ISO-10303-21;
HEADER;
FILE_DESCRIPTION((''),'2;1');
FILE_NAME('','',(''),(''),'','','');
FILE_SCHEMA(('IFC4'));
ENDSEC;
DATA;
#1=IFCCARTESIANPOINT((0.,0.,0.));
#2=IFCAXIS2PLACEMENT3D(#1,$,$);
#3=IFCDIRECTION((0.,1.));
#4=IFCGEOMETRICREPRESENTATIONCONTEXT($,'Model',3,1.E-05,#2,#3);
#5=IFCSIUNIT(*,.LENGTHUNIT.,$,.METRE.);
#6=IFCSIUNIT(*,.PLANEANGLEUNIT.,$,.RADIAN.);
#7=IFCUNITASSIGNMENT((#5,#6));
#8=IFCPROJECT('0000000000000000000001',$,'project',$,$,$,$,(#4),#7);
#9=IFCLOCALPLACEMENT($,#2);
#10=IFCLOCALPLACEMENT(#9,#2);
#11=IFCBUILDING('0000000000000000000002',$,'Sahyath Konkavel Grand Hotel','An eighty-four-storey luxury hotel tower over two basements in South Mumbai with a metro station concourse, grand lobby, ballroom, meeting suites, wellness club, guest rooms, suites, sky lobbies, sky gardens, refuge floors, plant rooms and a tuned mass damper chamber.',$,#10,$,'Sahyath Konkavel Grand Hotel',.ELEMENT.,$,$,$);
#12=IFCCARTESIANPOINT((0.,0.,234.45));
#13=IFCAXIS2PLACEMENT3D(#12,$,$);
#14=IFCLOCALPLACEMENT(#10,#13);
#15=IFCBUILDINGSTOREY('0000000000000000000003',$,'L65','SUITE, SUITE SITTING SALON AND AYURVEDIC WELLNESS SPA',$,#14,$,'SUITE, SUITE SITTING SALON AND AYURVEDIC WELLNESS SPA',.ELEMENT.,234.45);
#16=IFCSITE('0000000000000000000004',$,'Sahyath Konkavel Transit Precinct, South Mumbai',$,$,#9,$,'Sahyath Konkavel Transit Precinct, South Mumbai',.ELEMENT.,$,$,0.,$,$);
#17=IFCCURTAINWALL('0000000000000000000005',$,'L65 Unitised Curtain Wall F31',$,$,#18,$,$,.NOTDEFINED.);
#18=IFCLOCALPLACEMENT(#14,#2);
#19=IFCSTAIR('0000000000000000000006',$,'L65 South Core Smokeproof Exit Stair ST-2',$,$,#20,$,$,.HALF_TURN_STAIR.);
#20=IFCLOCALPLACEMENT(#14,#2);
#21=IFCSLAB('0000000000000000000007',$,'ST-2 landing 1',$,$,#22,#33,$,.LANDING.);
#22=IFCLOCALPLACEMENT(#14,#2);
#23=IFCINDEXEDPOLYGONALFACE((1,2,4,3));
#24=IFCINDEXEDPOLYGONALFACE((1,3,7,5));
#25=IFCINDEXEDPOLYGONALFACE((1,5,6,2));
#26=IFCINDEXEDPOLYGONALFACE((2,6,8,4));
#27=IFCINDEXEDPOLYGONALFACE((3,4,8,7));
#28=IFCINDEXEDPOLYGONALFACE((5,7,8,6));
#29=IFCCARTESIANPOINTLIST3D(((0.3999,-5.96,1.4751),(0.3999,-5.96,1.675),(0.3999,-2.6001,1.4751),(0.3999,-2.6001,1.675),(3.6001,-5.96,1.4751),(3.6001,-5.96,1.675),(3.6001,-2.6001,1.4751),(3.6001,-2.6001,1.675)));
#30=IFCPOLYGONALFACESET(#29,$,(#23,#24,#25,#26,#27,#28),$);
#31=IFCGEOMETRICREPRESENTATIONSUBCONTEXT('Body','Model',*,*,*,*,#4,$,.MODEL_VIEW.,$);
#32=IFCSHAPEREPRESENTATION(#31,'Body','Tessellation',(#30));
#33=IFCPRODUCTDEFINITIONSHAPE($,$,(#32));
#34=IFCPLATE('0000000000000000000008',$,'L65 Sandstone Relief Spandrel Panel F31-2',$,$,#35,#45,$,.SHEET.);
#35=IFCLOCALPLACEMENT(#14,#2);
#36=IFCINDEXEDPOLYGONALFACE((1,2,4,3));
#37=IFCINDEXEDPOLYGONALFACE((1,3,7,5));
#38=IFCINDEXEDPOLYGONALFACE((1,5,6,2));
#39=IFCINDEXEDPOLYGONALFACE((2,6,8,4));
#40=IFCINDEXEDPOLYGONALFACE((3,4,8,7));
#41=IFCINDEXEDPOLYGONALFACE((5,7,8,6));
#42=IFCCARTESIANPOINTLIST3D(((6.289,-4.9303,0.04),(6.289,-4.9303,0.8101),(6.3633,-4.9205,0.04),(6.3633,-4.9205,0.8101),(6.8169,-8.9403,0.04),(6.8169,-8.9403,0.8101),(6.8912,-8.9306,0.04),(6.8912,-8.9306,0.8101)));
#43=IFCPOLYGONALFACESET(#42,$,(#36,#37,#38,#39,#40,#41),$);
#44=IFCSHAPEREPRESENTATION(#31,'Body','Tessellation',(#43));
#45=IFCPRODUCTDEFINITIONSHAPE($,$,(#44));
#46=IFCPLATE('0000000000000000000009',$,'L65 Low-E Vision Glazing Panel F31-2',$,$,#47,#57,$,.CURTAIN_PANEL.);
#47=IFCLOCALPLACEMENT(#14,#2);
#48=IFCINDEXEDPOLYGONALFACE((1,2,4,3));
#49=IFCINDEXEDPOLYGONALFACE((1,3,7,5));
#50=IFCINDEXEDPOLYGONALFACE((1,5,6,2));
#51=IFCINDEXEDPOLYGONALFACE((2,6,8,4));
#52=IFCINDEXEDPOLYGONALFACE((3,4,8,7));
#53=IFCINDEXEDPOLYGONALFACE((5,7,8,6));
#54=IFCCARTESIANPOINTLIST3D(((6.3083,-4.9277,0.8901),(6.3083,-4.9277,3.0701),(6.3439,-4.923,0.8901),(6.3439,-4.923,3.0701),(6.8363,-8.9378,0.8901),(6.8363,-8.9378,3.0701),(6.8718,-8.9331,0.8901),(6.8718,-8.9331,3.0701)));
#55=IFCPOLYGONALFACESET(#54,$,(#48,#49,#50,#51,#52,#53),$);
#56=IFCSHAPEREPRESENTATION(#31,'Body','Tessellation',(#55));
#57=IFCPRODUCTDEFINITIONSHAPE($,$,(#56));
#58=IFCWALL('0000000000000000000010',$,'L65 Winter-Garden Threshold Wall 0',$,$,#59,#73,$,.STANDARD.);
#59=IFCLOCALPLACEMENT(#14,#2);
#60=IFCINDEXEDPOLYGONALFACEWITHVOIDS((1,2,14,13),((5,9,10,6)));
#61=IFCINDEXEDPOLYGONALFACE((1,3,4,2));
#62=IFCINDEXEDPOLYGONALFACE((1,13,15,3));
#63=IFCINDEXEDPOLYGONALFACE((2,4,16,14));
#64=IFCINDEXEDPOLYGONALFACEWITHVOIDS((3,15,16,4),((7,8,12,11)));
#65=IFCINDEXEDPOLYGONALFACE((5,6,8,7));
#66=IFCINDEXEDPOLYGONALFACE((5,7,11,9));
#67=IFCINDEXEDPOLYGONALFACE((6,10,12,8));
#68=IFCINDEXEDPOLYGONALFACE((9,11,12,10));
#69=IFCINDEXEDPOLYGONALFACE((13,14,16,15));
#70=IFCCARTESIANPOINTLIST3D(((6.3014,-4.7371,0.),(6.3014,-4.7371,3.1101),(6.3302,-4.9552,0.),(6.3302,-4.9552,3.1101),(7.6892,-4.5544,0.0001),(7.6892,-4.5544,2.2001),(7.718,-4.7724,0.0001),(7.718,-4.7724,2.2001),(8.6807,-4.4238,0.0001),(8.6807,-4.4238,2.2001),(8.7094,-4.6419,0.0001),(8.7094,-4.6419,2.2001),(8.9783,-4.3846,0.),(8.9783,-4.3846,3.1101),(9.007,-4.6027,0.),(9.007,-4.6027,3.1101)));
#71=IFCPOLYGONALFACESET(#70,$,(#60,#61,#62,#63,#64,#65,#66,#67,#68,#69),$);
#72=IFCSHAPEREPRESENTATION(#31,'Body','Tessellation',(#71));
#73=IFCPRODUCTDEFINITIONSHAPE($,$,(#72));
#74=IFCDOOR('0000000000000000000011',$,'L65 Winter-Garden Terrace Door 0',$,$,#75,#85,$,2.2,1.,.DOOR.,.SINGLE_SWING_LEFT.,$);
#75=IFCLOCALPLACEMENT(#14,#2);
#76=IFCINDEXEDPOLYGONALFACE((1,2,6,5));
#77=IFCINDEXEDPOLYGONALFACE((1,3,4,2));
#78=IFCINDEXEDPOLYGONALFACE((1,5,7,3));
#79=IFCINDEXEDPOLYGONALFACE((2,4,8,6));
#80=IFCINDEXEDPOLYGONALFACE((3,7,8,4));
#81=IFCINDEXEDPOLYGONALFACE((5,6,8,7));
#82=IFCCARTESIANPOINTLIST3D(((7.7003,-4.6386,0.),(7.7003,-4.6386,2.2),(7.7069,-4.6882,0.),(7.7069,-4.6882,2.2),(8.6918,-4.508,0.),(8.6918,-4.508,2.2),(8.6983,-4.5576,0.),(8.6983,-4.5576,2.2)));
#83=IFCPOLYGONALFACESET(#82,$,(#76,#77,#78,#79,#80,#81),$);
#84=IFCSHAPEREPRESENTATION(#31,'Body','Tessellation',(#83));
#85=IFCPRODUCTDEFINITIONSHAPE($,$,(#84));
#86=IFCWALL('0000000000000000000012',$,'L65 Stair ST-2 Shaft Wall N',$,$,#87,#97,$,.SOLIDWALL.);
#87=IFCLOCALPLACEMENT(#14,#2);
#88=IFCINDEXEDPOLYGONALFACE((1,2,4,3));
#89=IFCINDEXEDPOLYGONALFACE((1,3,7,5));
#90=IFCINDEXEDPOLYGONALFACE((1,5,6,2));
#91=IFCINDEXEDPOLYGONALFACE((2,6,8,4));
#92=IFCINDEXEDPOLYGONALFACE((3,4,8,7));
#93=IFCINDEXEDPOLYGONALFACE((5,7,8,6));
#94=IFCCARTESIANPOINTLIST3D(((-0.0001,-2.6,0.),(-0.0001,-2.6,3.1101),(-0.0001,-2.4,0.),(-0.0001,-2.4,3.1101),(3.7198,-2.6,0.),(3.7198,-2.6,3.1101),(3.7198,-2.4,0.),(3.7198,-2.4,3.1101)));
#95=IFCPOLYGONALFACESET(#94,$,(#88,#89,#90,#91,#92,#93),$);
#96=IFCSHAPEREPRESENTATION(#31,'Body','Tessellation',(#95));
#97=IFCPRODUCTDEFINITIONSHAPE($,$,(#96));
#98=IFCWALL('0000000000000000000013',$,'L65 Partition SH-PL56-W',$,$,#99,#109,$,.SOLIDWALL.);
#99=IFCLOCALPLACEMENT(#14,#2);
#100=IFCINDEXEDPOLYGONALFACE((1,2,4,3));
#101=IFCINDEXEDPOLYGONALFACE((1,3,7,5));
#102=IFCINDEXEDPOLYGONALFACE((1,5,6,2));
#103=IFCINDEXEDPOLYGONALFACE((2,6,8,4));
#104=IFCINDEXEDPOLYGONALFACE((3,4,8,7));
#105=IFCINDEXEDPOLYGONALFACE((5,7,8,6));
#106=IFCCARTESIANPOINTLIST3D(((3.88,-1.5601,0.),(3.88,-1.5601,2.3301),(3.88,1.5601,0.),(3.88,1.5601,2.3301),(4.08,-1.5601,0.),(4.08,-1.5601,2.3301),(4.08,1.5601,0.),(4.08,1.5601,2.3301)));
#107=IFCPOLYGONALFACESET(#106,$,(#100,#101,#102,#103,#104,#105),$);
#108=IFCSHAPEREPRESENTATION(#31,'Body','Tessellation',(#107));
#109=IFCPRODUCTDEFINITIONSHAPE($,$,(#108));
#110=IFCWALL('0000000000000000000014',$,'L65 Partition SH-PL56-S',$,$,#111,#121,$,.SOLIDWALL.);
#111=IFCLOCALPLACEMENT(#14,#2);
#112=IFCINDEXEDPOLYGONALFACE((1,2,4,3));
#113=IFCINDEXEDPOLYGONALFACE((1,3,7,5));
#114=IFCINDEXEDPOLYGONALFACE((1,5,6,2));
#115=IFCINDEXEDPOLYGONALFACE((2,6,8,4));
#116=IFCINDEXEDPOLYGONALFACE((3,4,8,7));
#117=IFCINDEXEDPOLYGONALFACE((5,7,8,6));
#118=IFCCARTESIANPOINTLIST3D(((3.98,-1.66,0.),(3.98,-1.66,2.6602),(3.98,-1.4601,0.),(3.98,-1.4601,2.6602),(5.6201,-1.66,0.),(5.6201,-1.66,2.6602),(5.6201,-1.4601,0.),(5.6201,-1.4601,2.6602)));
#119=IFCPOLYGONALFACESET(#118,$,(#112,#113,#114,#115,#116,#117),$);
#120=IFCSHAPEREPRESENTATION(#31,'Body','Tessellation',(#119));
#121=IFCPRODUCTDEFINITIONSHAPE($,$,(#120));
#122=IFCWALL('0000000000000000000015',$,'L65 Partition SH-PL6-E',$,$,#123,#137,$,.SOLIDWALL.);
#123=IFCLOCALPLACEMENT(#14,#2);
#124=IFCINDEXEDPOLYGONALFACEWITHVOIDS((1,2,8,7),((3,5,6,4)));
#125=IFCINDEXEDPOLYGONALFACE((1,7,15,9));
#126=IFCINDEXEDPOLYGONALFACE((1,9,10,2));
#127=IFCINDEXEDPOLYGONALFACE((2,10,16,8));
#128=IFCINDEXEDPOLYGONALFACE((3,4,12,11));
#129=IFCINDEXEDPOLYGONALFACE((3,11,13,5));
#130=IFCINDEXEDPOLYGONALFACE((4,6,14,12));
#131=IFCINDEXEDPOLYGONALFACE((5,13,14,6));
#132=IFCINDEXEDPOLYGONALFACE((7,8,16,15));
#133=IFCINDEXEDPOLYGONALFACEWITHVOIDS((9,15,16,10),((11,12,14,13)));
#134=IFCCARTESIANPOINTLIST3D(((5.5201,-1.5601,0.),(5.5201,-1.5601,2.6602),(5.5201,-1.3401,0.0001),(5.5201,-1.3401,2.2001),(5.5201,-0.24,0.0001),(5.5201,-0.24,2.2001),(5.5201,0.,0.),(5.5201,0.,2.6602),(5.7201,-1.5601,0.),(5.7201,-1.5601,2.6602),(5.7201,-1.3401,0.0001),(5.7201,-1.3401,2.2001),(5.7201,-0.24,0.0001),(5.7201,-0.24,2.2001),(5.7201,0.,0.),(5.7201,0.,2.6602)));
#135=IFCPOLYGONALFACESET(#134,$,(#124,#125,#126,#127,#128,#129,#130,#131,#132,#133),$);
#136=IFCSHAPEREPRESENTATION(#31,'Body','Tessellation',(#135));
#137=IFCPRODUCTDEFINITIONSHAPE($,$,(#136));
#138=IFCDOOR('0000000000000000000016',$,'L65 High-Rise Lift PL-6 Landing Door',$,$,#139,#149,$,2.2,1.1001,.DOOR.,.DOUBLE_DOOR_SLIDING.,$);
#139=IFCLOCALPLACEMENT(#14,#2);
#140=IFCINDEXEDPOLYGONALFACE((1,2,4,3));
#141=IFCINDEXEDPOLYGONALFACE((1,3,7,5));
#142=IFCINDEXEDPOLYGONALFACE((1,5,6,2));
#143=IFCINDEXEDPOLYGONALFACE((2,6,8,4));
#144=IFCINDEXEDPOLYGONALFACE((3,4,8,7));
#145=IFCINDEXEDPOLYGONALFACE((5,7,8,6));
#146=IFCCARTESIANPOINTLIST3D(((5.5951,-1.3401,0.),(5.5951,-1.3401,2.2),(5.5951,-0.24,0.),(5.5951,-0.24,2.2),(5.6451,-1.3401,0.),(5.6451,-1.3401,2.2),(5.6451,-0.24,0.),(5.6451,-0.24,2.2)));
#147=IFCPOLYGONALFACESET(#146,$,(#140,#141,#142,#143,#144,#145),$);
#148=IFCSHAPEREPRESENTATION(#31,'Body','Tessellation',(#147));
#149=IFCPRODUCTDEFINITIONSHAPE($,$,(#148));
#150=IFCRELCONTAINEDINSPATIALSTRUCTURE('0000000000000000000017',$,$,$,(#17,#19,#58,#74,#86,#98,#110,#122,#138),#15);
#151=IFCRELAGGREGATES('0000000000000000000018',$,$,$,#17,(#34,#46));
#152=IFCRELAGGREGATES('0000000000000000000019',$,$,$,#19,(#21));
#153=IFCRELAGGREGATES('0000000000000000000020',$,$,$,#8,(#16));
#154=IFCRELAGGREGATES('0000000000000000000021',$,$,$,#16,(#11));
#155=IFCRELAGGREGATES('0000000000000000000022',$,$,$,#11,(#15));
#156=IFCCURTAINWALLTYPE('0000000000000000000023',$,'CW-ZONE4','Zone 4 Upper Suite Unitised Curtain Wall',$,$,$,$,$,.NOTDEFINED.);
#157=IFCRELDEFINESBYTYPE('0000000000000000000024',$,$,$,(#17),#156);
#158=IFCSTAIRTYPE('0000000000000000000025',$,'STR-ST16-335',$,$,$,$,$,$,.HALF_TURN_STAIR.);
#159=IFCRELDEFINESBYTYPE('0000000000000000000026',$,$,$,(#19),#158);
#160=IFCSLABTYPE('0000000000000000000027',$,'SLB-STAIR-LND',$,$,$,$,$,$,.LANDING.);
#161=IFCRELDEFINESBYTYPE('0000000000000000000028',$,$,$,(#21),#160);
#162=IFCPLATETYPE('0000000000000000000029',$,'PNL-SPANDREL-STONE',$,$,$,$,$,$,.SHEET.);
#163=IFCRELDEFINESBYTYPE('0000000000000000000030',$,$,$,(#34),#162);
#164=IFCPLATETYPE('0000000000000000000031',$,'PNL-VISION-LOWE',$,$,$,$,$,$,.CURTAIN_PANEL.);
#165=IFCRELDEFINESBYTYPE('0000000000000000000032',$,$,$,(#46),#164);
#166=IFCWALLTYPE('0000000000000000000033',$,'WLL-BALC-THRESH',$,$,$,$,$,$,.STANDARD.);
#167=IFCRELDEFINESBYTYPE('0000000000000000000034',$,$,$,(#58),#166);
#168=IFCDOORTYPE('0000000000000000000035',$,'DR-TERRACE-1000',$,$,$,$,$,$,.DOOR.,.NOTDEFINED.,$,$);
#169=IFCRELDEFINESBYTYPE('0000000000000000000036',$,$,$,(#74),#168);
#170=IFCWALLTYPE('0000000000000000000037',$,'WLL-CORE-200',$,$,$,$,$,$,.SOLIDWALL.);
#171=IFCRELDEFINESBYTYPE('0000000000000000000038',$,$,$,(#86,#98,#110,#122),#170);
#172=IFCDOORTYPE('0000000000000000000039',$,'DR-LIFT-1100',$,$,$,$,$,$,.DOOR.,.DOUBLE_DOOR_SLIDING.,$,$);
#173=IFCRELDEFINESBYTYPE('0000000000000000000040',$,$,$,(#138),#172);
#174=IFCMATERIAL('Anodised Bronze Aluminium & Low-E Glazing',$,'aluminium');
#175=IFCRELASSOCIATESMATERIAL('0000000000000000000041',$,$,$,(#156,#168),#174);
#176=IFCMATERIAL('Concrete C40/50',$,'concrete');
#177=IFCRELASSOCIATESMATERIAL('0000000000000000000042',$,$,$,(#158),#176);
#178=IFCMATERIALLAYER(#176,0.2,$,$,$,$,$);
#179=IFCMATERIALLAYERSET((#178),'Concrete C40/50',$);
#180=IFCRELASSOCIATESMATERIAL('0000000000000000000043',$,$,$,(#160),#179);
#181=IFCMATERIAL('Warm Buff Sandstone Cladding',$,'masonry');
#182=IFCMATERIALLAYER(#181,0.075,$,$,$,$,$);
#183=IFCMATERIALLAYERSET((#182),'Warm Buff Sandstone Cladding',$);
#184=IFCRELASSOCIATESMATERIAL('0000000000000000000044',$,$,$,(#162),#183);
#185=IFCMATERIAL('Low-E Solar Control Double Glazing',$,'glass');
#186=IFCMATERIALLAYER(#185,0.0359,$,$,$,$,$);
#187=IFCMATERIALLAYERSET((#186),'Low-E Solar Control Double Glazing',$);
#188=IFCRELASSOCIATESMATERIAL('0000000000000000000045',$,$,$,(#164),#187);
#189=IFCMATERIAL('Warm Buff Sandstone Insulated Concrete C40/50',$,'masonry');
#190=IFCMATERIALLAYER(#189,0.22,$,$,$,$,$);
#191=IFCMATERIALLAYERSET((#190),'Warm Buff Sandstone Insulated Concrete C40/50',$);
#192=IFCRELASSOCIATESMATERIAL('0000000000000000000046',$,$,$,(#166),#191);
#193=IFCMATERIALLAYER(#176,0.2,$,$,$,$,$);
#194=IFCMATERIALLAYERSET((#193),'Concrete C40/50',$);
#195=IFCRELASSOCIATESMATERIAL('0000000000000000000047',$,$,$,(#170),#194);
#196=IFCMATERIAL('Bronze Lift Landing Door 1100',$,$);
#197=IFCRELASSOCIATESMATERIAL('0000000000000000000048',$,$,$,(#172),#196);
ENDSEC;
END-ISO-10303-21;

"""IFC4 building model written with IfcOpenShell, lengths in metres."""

from ifc_helpers import new_model, si_unit, direction, frame, frame_2d, origin, origin_2d, place, context, subcontext, project, spatial, polyline, rectangle, outline, extrude, source, transform, mapped, material, layer, layer_set, type_object, element, fill, aggregate, save


model = new_model("IFC4")

# Units and contexts
model_context = context("Model", 3, precision=1e-05, world=origin(), true_north=direction((0.0, 1.0)))
body_context = subcontext(model_context, "Body", "Model", "MODEL_VIEW")
ifc_project = project(units=[si_unit("LENGTHUNIT", "METRE"), si_unit("PLANEANGLEUNIT", "RADIAN")], contexts=[model_context])

# Site, building, storey
site_placement = place(None, origin())
site = spatial("IfcSite", under=ifc_project, at=site_placement, Name="Sahyath Konkavel Transit Precinct, South Mumbai", LongName="Sahyath Konkavel Transit Precinct, South Mumbai", CompositionType="ELEMENT", RefElevation=0.0)
building_placement = place(site_placement, origin())
building = spatial("IfcBuilding", under=site, at=building_placement, Name="Sahyath Konkavel Grand Hotel", Description="An eighty-four-storey luxury hotel tower over two basements in South Mumbai with a metro station concourse, grand lobby, ballroom, meeting suites, wellness club, guest rooms, suites, sky lobbies, sky gardens, refuge floors, plant rooms and a tuned mass damper chamber.", LongName="Sahyath Konkavel Grand Hotel", CompositionType="ELEMENT")
storey_placement = place(building_placement, frame((0.0, 0.0, 234.45)))
storey = spatial("IfcBuildingStorey", under=building, at=storey_placement, Name="L65", Description="SUITE, SUITE SITTING SALON AND AYURVEDIC WELLNESS SPA", LongName="SUITE, SUITE SITTING SALON AND AYURVEDIC WELLNESS SPA", CompositionType="ELEMENT", Elevation=234.45)

# Shared definitions
ifc_material_1 = material(Name="Concrete C40/50", Category="concrete")

# Curtain wall
ifc_material_2 = material(Name="Anodised Bronze Aluminium & Low-E Glazing", Category="aluminium")
curtain_wall_type = type_object("IfcCurtainWallType", Name="CW-ZONE4", Description="Zone 4 Upper Suite Unitised Curtain Wall", PredefinedType="NOTDEFINED", material=ifc_material_2)
curtain_wall_placement = place(storey_placement, origin())
curtain_wall = element("IfcCurtainWall", 1, at=curtain_wall_placement, inside=storey, type_object=curtain_wall_type, Name="L65 Unitised Curtain Wall F31", PredefinedType="NOTDEFINED")

# Stair, slab
stair_type = type_object("IfcStairType", Name="STR-ST16-335", PredefinedType="HALF_TURN_STAIR", material=ifc_material_1)
ifc_layer_1 = layer(ifc_material_1, 0.2)
ifc_layer_set_1 = layer_set([ifc_layer_1], Name="Concrete C40/50")
slab_type_1 = type_object("IfcSlabType", Name="SLB-STAIR-LND", PredefinedType="LANDING", material=ifc_layer_set_1)
stair_1_placement = place(storey_placement, origin())
stair_1 = element("IfcStair", 2, at=stair_1_placement, inside=storey, type_object=stair_type, Name="L65 South Core Smokeproof Exit Stair ST-2", PredefinedType="HALF_TURN_STAIR")
slab_1_placement = place(storey_placement, frame((0.0, 0.0, 1.4751)))
slab_1 = element("IfcSlab", 3, at=slab_1_placement, type_object=slab_type_1, Name="ST-2 landing 1", PredefinedType="LANDING", context=body_context, shape_type="SweptSolid", body=[
    extrude(outline(polyline([(3.6001, -5.96), (3.6001, -2.6001), (0.3999, -2.6001), (0.3999, -5.96), (3.6001, -5.96)])), origin(), (0.0, 0.0, 1.0), 0.2),
])

# Plates
ifc_material_3 = material(Name="Warm Buff Sandstone Cladding", Category="masonry")
ifc_layer_2 = layer(ifc_material_3, 0.075)
ifc_layer_set_2 = layer_set([ifc_layer_2], Name="Warm Buff Sandstone Cladding")
plate_type_1 = type_object("IfcPlateType", Name="PNL-SPANDREL-STONE", PredefinedType="SHEET", material=ifc_layer_set_2)
shared_shape_1 = source(origin(), body_context, "Body", "SweptSolid", [
    extrude(rectangle(XDim=4.0447, YDim=0.075, at=origin_2d()), origin(), (0.0, 0.0, 1.0), 0.77),
])
plate_1_placement = place(storey_placement, frame((6.5901, -6.9304, 0.04), z_axis=(0.0, 0.0, 1.0), x_axis=(-0.130526, 0.991445, 0.0)))
plate_1 = element("IfcPlate", 4, at=plate_1_placement, type_object=plate_type_1, Name="L65 Sandstone Relief Spandrel Panel F31-2", PredefinedType="SHEET", context=body_context, shape_type="MappedRepresentation", body=[
    mapped(shared_shape_1, transform((0.0, 0.0, 0.0), scale=1.0)),
])
ifc_material_4 = material(Name="Low-E Solar Control Double Glazing", Category="glass")
ifc_layer_3 = layer(ifc_material_4, 0.0359)
ifc_layer_set_3 = layer_set([ifc_layer_3], Name="Low-E Solar Control Double Glazing")
plate_type_2 = type_object("IfcPlateType", Name="PNL-VISION-LOWE", PredefinedType="CURTAIN_PANEL", material=ifc_layer_set_3)
shared_shape_2 = source(origin(), body_context, "Body", "SweptSolid", [
    extrude(rectangle(XDim=4.0447, YDim=0.0359, at=origin_2d()), origin(), (0.0, 0.0, 1.0), 2.1799),
])
plate_2_placement = place(storey_placement, frame((6.5901, -6.9304, 0.8901), z_axis=(0.0, 0.0, 1.0), x_axis=(-0.130526, 0.991445, 0.0)))
plate_2 = element("IfcPlate", 5, at=plate_2_placement, type_object=plate_type_2, Name="L65 Low-E Vision Glazing Panel F31-2", PredefinedType="CURTAIN_PANEL", context=body_context, shape_type="MappedRepresentation", body=[
    mapped(shared_shape_2, transform((0.0, 0.0, 0.0), scale=1.0)),
])
aggregate(curtain_wall, [plate_1, plate_2])

# Wall, opening, door
ifc_material_5 = material(Name="Warm Buff Sandstone Insulated Concrete C40/50", Category="masonry")
ifc_layer_4 = layer(ifc_material_5, 0.22)
ifc_layer_set_4 = layer_set([ifc_layer_4], Name="Warm Buff Sandstone Insulated Concrete C40/50")
wall_type_1 = type_object("IfcWallType", Name="WLL-BALC-THRESH", PredefinedType="STANDARD", material=ifc_layer_set_4)
wall_1_placement = place(storey_placement, frame((6.3157, -4.8462, 0.0), z_axis=(0.0, 0.0, 1.0), x_axis=(0.991438, 0.130576, 0.0)))
wall_1 = element("IfcWall", 6, at=wall_1_placement, inside=storey, type_object=wall_type_1, Name="L65 Winter-Garden Threshold Wall 0", PredefinedType="STANDARD", context=body_context, shape_type="SweptSolid", body=[
    extrude(rectangle(XDim=2.7, YDim=0.22, at=frame_2d((1.3501, 0.0))), origin(), (0.0, 0.0, 1.0), 3.1101),
])
opening_1_placement = place(wall_1_placement, frame((1.3999, 0.0, 0.0)))
opening_1 = element("IfcOpeningElement", 7, at=opening_1_placement, cuts=wall_1, PredefinedType="OPENING", context=body_context, shape_type="SweptSolid", body=[
    extrude(rectangle(XDim=1.0, YDim=2.2, at=frame_2d((0.5, 1.1001))), frame((0.0, 0.1201, 0.0), z_axis=(0.0, -1.0, 0.0), x_axis=(1.0, 0.0, 0.0)), (0.0, 0.0, 1.0), 0.24),
])
door_type_1 = type_object("IfcDoorType", Name="DR-TERRACE-1000", OperationType="NOTDEFINED", PredefinedType="DOOR", material=ifc_material_2)
shared_shape_3 = source(origin(), body_context, "Body", "SweptSolid", [
    extrude(rectangle(XDim=1.0, YDim=0.05, at=origin_2d()), origin(), (0.0, 0.0, 1.0), 2.2),
])
door_1_placement = place(opening_1_placement, frame((0.5, 0.0, 0.0)))
door_1 = element("IfcDoor", 8, at=door_1_placement, inside=storey, type_object=door_type_1, Name="L65 Winter-Garden Terrace Door 0", OperationType="SINGLE_SWING_LEFT", OverallHeight=2.2, OverallWidth=1.0, PredefinedType="DOOR", context=body_context, shape_type="MappedRepresentation", body=[
    mapped(shared_shape_3, transform((0.0, 0.0, 0.0), scale=1.0)),
])
fill(opening_1, door_1)

# Walls
ifc_layer_5 = layer(ifc_material_1, 0.2)
ifc_layer_set_5 = layer_set([ifc_layer_5], Name="Concrete C40/50")
wall_type_2 = type_object("IfcWallType", Name="WLL-CORE-200", PredefinedType="SOLIDWALL", material=ifc_layer_set_5)
wall_2_placement = place(storey_placement, frame((0.0, -2.5, 0.0), z_axis=(0.0, 0.0, 1.0), x_axis=(1.0, 0.0, 0.0)))
element("IfcWall", 9, at=wall_2_placement, inside=storey, type_object=wall_type_2, Name="L65 Stair ST-2 Shaft Wall N", PredefinedType="SOLIDWALL", context=body_context, shape_type="SweptSolid", body=[
    extrude(rectangle(XDim=3.72, YDim=0.2, at=frame_2d((1.8599, 0.0))), origin(), (0.0, 0.0, 1.0), 3.1101),
])
wall_3_placement = place(storey_placement, frame((3.98, -1.5601, 0.0), z_axis=(0.0, 0.0, 1.0), x_axis=(0.0, 1.0, 0.0)))
element("IfcWall", 10, at=wall_3_placement, inside=storey, type_object=wall_type_2, Name="L65 Partition SH-PL56-W", PredefinedType="SOLIDWALL", context=body_context, shape_type="SweptSolid", body=[
    extrude(rectangle(XDim=3.1201, YDim=0.2, at=frame_2d((1.5601, 0.0))), origin(), (0.0, 0.0, 1.0), 2.3301),
])
wall_4_placement = place(storey_placement, frame((3.98, -1.5601, 0.0), z_axis=(0.0, 0.0, 1.0), x_axis=(1.0, 0.0, 0.0)))
element("IfcWall", 11, at=wall_4_placement, inside=storey, type_object=wall_type_2, Name="L65 Partition SH-PL56-S", PredefinedType="SOLIDWALL", context=body_context, shape_type="SweptSolid", body=[
    extrude(rectangle(XDim=1.6401, YDim=0.2, at=frame_2d((0.8201, 0.0))), origin(), (0.0, 0.0, 1.0), 2.6602),
])

# Wall, opening, door
wall_5_placement = place(storey_placement, frame((5.6201, -1.5601, 0.0), z_axis=(0.0, 0.0, 1.0), x_axis=(0.0, 1.0, 0.0)))
wall_5 = element("IfcWall", 12, at=wall_5_placement, inside=storey, type_object=wall_type_2, Name="L65 Partition SH-PL6-E", PredefinedType="SOLIDWALL", context=body_context, shape_type="SweptSolid", body=[
    extrude(rectangle(XDim=1.5601, YDim=0.2, at=frame_2d((0.78, 0.0))), origin(), (0.0, 0.0, 1.0), 2.6602),
])
opening_2_placement = place(wall_5_placement, frame((0.22, 0.0, 0.0)))
opening_2 = element("IfcOpeningElement", 13, at=opening_2_placement, cuts=wall_5, PredefinedType="OPENING", context=body_context, shape_type="SweptSolid", body=[
    extrude(rectangle(XDim=1.1001, YDim=2.2, at=frame_2d((0.55, 1.1001))), frame((0.0, 0.1099, 0.0), z_axis=(0.0, -1.0, 0.0), x_axis=(1.0, 0.0, 0.0)), (0.0, 0.0, 1.0), 0.22),
])
ifc_material_6 = material(Name="Bronze Lift Landing Door 1100")
door_type_2 = type_object("IfcDoorType", Name="DR-LIFT-1100", OperationType="DOUBLE_DOOR_SLIDING", PredefinedType="DOOR", material=ifc_material_6)
shared_shape_4 = source(origin(), body_context, "Body", "SweptSolid", [
    extrude(rectangle(XDim=1.1001, YDim=0.05, at=origin_2d()), origin(), (0.0, 0.0, 1.0), 2.2),
])
door_2_placement = place(opening_2_placement, frame((0.55, 0.0, 0.0)))
door_2 = element("IfcDoor", 14, at=door_2_placement, inside=storey, type_object=door_type_2, Name="L65 High-Rise Lift PL-6 Landing Door", OperationType="DOUBLE_DOOR_SLIDING", OverallHeight=2.2, OverallWidth=1.1001, PredefinedType="DOOR", context=body_context, shape_type="MappedRepresentation", body=[
    mapped(shared_shape_4, transform((0.0, 0.0, 0.0), scale=1.0)),
])
fill(opening_2, door_2)

aggregate(stair_1, [slab_1])

save(model, "model.ifc")
